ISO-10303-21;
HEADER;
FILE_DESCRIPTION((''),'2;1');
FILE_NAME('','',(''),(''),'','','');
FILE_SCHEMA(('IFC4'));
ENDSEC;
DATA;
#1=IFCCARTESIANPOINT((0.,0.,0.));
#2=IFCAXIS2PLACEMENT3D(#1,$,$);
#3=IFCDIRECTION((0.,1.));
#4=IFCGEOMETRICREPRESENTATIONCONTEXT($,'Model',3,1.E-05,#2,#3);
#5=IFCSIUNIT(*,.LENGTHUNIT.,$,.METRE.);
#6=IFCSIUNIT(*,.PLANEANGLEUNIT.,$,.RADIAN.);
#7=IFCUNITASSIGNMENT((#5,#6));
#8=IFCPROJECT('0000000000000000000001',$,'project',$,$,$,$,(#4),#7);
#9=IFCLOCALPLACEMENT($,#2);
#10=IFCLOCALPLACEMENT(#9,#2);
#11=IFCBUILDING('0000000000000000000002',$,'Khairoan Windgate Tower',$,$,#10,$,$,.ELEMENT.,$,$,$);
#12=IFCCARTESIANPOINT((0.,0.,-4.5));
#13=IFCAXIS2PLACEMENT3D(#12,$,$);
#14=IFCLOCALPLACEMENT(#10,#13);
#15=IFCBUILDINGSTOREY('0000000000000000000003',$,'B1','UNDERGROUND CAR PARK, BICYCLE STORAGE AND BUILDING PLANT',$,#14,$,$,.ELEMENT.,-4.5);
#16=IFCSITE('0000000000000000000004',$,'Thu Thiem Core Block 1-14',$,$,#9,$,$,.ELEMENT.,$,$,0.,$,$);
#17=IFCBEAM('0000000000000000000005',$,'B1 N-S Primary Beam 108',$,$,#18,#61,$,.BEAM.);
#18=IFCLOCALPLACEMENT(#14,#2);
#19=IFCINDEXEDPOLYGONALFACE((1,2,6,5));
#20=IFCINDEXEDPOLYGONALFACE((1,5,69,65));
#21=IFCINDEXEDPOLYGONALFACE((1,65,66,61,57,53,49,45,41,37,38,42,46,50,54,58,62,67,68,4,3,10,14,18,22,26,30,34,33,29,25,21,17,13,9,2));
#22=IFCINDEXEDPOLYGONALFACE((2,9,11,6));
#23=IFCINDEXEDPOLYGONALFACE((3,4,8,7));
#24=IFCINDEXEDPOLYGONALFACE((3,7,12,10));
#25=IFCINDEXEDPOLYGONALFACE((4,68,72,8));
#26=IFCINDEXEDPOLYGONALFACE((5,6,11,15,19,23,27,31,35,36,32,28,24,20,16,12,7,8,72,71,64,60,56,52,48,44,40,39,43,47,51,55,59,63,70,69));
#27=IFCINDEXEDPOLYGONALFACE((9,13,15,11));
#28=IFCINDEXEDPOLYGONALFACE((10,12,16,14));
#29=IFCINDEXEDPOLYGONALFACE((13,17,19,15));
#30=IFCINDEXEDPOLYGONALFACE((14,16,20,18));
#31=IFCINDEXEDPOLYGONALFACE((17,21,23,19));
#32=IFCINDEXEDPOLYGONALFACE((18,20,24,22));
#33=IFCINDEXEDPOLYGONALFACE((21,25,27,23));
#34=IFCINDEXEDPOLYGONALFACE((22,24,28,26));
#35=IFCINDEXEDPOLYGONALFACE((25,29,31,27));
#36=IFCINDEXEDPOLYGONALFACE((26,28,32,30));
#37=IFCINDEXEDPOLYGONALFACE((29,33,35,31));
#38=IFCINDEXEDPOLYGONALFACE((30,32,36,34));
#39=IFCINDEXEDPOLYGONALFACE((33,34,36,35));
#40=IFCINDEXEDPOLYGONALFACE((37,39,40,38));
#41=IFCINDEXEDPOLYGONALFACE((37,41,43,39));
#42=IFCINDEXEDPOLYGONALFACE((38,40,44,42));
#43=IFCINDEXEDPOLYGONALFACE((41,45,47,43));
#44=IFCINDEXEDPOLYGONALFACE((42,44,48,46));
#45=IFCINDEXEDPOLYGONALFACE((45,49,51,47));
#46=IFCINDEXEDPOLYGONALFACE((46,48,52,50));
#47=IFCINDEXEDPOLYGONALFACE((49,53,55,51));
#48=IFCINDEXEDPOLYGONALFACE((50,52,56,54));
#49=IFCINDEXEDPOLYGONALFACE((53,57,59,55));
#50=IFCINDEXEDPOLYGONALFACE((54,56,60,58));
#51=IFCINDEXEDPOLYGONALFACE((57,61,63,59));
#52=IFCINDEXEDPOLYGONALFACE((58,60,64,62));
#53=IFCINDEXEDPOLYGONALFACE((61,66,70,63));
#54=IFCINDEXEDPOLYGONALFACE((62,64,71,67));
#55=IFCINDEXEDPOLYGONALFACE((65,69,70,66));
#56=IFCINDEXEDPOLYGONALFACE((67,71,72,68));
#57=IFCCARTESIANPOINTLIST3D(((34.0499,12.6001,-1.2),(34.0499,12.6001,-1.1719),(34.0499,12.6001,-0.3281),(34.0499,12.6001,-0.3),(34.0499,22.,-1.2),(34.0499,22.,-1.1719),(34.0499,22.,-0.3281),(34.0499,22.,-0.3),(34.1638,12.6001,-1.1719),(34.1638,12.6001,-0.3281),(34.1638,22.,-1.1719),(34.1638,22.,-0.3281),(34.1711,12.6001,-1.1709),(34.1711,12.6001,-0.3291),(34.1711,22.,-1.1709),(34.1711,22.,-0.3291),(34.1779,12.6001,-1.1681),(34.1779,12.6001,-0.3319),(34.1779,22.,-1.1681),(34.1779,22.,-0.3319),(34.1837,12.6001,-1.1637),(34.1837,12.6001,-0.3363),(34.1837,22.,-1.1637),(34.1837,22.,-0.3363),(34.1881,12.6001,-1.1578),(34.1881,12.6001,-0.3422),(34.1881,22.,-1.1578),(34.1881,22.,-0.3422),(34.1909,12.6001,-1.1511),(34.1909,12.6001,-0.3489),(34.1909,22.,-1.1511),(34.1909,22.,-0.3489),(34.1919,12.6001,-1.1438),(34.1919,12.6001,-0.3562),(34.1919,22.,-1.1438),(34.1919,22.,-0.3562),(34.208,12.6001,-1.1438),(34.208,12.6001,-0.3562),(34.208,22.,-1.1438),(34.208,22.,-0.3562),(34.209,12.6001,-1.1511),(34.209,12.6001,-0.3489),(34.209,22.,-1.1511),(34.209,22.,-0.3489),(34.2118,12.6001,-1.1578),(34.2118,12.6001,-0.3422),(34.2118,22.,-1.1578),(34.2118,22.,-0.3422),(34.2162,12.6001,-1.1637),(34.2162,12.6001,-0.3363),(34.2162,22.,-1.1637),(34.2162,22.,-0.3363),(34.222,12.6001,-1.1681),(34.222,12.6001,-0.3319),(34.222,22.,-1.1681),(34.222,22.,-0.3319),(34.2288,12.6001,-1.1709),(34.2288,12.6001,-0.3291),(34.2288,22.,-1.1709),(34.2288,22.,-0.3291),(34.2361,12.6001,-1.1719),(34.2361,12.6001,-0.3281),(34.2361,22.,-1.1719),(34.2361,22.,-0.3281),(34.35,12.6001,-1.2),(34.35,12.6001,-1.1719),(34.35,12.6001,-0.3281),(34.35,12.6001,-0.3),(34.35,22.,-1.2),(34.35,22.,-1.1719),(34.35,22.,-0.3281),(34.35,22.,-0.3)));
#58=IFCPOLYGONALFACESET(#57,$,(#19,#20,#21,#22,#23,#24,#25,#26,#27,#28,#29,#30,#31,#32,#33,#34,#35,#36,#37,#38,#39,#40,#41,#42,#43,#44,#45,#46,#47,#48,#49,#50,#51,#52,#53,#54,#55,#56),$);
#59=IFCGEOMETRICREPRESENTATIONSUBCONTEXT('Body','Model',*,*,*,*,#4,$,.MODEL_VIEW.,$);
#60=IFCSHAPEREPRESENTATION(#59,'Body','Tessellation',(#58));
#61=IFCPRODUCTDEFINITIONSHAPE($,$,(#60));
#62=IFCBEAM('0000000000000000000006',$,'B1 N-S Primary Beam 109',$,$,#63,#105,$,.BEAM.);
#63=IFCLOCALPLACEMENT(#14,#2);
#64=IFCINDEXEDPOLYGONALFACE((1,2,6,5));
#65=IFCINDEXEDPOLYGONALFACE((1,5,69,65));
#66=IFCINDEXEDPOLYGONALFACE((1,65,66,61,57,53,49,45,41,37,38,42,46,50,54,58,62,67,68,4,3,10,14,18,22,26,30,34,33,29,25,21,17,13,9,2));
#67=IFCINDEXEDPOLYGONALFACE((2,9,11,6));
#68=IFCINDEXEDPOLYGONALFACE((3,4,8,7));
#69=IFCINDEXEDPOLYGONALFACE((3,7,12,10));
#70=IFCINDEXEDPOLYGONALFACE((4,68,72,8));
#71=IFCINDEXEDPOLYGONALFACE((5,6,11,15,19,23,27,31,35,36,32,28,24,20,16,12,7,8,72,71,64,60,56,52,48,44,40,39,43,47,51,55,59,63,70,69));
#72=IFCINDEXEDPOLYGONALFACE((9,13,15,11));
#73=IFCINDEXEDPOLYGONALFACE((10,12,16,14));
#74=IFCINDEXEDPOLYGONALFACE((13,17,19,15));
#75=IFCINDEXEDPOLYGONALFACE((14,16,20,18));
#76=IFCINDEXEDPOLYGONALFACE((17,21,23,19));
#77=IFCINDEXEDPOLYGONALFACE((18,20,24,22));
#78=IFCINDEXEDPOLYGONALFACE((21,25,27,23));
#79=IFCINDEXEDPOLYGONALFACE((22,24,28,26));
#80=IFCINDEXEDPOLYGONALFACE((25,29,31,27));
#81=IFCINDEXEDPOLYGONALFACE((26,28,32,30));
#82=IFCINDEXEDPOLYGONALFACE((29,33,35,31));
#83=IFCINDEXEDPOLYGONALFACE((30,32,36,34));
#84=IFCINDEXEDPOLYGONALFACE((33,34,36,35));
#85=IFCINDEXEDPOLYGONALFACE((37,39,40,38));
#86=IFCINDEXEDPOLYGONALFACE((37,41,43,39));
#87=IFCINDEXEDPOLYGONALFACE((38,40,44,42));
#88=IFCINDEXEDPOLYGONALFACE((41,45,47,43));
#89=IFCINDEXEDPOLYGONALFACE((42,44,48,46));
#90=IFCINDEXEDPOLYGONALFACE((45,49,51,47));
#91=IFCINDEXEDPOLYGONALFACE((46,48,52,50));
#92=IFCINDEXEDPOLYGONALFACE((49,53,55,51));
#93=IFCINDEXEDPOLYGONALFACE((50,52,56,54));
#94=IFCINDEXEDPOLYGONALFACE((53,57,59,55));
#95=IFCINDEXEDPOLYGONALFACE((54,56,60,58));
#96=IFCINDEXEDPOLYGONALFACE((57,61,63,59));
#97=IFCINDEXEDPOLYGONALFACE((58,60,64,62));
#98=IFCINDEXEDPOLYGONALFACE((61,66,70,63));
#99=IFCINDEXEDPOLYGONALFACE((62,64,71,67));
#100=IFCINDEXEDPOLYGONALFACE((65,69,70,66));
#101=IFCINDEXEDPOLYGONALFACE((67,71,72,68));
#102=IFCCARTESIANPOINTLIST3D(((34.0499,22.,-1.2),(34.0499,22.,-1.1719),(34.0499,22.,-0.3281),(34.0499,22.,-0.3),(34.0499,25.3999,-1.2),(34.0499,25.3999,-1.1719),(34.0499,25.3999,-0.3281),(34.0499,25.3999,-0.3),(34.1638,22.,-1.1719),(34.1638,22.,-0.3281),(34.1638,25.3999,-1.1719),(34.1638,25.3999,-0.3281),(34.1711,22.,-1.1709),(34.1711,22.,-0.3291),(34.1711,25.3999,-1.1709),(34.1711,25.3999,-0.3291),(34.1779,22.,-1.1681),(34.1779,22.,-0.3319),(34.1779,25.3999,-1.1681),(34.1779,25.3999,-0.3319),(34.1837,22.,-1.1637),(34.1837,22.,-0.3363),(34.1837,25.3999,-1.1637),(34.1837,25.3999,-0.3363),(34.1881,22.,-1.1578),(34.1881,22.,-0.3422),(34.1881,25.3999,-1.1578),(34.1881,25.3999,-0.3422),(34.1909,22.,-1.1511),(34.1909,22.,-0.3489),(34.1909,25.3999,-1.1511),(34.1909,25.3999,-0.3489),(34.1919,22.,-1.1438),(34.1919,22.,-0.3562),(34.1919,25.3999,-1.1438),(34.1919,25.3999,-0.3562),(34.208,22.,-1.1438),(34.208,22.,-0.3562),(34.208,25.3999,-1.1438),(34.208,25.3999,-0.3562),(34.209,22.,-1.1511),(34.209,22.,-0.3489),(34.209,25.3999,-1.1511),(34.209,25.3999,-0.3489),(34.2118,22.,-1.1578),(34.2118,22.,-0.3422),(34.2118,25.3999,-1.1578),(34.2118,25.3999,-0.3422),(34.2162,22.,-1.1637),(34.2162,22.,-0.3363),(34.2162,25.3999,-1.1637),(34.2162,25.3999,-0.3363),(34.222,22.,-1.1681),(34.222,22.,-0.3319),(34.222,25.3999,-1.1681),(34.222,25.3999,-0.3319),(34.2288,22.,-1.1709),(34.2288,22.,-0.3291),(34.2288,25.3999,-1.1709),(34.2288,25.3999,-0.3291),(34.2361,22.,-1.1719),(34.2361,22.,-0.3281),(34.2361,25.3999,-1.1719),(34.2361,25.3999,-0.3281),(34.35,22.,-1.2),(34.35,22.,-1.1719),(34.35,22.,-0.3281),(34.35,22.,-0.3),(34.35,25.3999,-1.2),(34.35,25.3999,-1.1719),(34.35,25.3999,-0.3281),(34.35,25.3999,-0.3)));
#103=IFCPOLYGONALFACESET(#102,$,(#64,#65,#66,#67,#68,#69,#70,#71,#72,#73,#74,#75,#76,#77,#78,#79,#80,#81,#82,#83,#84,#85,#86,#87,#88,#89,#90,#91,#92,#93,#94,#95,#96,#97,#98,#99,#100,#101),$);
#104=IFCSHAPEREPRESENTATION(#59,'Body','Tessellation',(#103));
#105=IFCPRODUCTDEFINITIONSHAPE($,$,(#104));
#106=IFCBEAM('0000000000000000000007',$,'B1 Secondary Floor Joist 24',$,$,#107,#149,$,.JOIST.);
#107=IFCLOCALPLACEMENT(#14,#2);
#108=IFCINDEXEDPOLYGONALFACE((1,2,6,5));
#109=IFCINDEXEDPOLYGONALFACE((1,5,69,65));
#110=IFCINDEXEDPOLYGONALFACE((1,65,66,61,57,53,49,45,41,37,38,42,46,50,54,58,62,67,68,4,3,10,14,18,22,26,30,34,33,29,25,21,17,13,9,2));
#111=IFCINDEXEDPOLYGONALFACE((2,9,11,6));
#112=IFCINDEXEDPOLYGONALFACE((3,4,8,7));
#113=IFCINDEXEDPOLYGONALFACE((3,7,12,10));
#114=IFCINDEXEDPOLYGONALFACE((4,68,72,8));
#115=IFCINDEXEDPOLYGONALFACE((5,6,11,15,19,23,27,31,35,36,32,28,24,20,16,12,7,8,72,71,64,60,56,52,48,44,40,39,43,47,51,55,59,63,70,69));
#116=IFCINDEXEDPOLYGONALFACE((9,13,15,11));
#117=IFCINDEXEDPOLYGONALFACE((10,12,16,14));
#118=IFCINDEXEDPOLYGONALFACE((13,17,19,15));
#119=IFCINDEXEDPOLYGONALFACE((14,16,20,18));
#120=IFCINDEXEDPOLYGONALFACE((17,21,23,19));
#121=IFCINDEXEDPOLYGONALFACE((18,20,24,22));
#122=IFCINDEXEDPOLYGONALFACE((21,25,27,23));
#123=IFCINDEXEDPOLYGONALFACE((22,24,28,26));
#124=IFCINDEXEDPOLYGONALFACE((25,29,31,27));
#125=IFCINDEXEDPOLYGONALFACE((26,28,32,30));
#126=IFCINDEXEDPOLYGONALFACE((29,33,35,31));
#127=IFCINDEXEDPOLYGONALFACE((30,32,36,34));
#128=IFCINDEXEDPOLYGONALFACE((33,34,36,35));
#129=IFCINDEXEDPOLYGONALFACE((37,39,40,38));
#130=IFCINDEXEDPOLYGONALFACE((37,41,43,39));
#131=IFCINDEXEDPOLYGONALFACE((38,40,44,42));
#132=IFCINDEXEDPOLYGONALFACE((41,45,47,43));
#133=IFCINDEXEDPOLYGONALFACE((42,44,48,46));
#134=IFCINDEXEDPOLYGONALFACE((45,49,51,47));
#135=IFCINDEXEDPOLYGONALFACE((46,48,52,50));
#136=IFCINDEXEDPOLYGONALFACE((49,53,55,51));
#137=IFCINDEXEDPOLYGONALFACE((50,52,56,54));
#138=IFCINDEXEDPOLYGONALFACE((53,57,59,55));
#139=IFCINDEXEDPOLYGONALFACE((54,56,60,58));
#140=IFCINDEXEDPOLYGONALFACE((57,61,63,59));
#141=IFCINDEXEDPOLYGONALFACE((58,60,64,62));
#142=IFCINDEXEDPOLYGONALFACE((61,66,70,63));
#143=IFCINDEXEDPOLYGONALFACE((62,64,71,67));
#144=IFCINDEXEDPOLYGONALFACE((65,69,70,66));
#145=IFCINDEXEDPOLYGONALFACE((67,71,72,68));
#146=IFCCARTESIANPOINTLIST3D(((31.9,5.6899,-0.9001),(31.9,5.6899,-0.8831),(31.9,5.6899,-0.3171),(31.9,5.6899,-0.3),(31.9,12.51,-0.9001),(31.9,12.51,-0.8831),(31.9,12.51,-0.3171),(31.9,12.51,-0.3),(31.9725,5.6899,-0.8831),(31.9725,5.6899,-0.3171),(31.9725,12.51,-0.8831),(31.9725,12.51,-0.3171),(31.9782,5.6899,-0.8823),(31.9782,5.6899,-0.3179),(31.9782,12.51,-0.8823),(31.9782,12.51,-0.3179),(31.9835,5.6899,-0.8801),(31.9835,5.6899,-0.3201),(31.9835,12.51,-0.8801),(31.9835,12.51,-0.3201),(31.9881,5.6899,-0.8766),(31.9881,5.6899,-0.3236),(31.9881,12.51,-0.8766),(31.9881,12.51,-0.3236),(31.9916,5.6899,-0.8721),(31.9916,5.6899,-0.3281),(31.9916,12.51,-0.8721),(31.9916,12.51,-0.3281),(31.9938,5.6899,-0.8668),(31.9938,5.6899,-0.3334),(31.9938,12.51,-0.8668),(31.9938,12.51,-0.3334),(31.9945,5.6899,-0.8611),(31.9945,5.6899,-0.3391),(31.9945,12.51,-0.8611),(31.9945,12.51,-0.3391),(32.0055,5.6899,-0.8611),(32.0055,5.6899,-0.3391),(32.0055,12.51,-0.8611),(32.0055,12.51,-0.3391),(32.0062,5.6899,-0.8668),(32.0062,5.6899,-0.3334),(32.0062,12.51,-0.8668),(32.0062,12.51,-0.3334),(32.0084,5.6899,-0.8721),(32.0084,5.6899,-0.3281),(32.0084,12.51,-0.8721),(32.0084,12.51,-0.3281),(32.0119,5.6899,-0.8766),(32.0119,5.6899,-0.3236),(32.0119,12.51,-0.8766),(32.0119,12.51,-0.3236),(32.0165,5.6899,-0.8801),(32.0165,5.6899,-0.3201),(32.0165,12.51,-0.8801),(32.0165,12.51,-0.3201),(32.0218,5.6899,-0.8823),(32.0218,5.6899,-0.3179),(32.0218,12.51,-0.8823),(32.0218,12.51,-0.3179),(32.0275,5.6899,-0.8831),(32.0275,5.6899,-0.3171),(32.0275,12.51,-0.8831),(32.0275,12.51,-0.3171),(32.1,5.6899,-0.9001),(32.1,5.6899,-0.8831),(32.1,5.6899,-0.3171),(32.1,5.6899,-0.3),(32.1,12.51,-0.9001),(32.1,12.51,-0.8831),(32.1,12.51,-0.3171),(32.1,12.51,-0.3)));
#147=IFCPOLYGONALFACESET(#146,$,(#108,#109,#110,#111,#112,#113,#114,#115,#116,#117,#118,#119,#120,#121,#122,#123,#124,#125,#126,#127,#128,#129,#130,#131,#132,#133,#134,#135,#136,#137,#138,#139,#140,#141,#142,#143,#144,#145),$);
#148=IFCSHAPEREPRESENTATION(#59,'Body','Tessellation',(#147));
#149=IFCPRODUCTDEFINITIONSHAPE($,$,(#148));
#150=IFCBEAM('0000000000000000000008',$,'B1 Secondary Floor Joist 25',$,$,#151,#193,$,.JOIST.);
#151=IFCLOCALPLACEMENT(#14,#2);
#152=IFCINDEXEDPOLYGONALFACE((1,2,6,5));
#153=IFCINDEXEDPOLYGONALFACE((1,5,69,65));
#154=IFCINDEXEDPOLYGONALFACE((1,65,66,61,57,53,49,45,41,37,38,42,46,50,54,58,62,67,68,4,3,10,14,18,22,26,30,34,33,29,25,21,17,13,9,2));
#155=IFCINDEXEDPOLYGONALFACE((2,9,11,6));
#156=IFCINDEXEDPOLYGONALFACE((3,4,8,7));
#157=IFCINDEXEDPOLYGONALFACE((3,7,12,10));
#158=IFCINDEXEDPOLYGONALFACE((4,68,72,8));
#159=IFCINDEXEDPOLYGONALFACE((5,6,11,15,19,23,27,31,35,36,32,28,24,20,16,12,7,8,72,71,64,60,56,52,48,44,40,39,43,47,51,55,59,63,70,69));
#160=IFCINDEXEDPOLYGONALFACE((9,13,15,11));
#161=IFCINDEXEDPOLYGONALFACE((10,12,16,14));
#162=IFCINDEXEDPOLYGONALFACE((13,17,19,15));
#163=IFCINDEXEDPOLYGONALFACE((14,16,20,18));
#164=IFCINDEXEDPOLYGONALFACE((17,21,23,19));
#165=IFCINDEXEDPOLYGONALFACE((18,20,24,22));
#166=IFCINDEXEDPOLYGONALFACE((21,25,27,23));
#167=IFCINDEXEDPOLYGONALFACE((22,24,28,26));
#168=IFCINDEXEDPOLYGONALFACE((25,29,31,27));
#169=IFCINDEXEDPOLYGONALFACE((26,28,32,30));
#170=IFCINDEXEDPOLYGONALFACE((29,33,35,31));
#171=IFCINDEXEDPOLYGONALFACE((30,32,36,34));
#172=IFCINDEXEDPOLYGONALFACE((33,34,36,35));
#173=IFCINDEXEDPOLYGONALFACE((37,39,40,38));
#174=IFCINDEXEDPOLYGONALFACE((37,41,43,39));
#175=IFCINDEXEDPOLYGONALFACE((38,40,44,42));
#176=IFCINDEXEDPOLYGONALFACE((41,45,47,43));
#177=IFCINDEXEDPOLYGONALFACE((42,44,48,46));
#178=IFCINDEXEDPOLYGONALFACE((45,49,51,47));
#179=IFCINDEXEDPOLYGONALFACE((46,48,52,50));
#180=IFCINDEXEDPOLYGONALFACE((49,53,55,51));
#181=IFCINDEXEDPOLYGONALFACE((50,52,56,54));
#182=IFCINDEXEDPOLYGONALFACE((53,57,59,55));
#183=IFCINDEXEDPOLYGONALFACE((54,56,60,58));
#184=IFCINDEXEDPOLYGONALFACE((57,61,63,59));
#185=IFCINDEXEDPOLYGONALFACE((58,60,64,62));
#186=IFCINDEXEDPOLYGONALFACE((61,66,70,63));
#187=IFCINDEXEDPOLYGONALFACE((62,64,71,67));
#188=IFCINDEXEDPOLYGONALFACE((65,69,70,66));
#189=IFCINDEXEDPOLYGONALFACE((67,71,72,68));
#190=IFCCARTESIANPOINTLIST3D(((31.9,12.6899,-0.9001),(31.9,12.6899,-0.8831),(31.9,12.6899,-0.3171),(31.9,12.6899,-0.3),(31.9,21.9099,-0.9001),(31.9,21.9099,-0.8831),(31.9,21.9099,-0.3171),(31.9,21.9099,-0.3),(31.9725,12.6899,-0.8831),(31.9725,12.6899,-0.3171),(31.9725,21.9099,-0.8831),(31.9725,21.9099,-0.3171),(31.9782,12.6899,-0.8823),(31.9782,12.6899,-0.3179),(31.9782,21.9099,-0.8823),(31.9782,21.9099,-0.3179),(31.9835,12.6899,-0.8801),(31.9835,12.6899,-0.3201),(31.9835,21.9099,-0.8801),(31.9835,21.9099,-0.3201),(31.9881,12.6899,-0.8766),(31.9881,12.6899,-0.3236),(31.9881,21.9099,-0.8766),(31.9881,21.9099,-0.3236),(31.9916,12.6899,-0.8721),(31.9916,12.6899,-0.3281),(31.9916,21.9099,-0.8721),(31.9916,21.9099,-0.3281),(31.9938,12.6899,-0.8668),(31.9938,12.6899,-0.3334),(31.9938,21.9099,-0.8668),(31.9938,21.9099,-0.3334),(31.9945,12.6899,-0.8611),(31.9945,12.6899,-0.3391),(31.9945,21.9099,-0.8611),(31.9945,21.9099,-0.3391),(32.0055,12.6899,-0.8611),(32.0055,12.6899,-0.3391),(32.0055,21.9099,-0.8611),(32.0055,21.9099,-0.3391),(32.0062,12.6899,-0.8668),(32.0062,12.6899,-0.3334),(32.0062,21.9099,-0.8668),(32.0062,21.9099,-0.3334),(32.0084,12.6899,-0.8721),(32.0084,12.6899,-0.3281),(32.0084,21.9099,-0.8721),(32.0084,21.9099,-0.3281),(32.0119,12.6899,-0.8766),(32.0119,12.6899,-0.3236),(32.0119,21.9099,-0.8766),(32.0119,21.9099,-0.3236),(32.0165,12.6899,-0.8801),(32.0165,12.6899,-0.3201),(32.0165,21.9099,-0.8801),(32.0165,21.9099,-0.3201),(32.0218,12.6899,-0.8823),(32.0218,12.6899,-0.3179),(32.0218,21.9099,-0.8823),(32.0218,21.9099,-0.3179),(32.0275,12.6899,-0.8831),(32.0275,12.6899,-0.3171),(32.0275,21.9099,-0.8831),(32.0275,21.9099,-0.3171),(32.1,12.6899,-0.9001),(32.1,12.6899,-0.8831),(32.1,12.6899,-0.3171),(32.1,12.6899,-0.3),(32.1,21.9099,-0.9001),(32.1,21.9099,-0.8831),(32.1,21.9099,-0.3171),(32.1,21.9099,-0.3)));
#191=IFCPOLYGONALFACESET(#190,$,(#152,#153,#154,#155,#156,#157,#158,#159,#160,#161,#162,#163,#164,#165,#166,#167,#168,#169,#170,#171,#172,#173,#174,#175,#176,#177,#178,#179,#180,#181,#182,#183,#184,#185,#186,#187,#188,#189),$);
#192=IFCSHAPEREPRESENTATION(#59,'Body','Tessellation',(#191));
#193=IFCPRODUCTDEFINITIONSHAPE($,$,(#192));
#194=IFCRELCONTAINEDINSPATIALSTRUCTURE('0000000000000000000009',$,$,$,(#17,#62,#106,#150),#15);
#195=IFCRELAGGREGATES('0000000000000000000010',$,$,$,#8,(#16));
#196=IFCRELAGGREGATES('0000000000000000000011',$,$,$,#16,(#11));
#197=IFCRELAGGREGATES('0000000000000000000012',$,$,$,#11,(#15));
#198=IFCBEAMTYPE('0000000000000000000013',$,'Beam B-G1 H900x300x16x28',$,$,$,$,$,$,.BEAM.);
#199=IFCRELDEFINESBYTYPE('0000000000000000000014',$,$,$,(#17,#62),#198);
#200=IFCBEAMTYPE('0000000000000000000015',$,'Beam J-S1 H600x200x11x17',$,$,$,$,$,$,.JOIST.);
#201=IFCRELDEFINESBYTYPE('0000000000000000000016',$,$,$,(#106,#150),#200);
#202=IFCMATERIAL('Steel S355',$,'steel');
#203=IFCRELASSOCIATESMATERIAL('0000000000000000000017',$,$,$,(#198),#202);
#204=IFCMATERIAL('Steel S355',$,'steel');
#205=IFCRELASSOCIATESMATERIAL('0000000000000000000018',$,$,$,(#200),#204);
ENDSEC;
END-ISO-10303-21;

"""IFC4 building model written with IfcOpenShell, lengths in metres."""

from ifc_helpers import new_model, si_unit, direction, frame, origin, origin_2d, place, context, subcontext, project, spatial, i_section, extrude, material, material_profile, profile_set, type_object, element, save


model = new_model("IFC4")

# Units and contexts
model_context = context("Model", 3, precision=1e-05, world=origin(), true_north=direction((0.0, 1.0)))
body_context = subcontext(model_context, "Body", "Model", "MODEL_VIEW")
ifc_project = project(units=[si_unit("LENGTHUNIT", "METRE"), si_unit("PLANEANGLEUNIT", "RADIAN")], contexts=[model_context])

# Site, building, storey
site_placement = place(None, origin())
site = spatial("IfcSite", under=ifc_project, at=site_placement, Name="Thu Thiem Core Block 1-14", CompositionType="ELEMENT", RefElevation=0.0)
building_placement = place(site_placement, origin())
building = spatial("IfcBuilding", under=site, at=building_placement, Name="Khairoan Windgate Tower", CompositionType="ELEMENT")
storey_placement = place(building_placement, frame((0.0, 0.0, -4.5)))
storey = spatial("IfcBuildingStorey", under=building, at=storey_placement, Name="B1", Description="UNDERGROUND CAR PARK, BICYCLE STORAGE AND BUILDING PLANT", CompositionType="ELEMENT", Elevation=-4.5)

# Beams
ifc_material_1 = material(Name="Steel S355", Category="steel")
ifc_material_profile_1 = material_profile(ifc_material_1, i_section(OverallWidth=0.3, OverallDepth=0.8999, WebThickness=0.0161, FlangeThickness=0.0281, FilletRadius=0.0281, at=origin_2d()))
ifc_profile_set_1 = profile_set([ifc_material_profile_1], Name="Steel S355")
beam_type_1 = type_object("IfcBeamType", Name="Beam B-G1 H900x300x16x28", PredefinedType="BEAM", material=ifc_profile_set_1)
beam_1_placement = place(storey_placement, frame((34.2, 12.6001, -0.75), z_axis=(0.0, 1.0, 0.0), x_axis=(-1.0, 0.0, 0.0)))
element("IfcBeam", 1, at=beam_1_placement, inside=storey, type_object=beam_type_1, Name="B1 N-S Primary Beam 108", PredefinedType="BEAM", context=body_context, shape_type="SweptSolid", body=[
    extrude(i_section(OverallWidth=0.3, OverallDepth=0.8999, WebThickness=0.0161, FlangeThickness=0.0281, FilletRadius=0.0281, at=origin_2d()), origin(), (0.0, 0.0, 1.0), 9.3999),
])
beam_2_placement = place(storey_placement, frame((34.2, 22.0, -0.75), z_axis=(0.0, 1.0, 0.0), x_axis=(-1.0, 0.0, 0.0)))
element("IfcBeam", 2, at=beam_2_placement, inside=storey, type_object=beam_type_1, Name="B1 N-S Primary Beam 109", PredefinedType="BEAM", context=body_context, shape_type="SweptSolid", body=[
    extrude(i_section(OverallWidth=0.3, OverallDepth=0.8999, WebThickness=0.0161, FlangeThickness=0.0281, FilletRadius=0.0281, at=origin_2d()), origin(), (0.0, 0.0, 1.0), 3.3999),
])
ifc_material_2 = material(Name="Steel S355", Category="steel")
ifc_material_profile_2 = material_profile(ifc_material_2, i_section(OverallWidth=0.2, OverallDepth=0.6001, WebThickness=0.011, FlangeThickness=0.0171, FilletRadius=0.022, at=origin_2d()))
ifc_profile_set_2 = profile_set([ifc_material_profile_2], Name="Steel S355")
beam_type_2 = type_object("IfcBeamType", Name="Beam J-S1 H600x200x11x17", PredefinedType="JOIST", material=ifc_profile_set_2)
beam_3_placement = place(storey_placement, frame((32.0, 5.6899, -0.6001), z_axis=(0.0, 1.0, 0.0), x_axis=(-1.0, 0.0, 0.0)))
element("IfcBeam", 3, at=beam_3_placement, inside=storey, type_object=beam_type_2, Name="B1 Secondary Floor Joist 24", PredefinedType="JOIST", context=body_context, shape_type="SweptSolid", body=[
    extrude(i_section(OverallWidth=0.2, OverallDepth=0.6001, WebThickness=0.011, FlangeThickness=0.0171, FilletRadius=0.022, at=origin_2d()), origin(), (0.0, 0.0, 1.0), 6.8201),
])
beam_4_placement = place(storey_placement, frame((32.0, 12.6899, -0.6001), z_axis=(0.0, 1.0, 0.0), x_axis=(-1.0, 0.0, 0.0)))
element("IfcBeam", 4, at=beam_4_placement, inside=storey, type_object=beam_type_2, Name="B1 Secondary Floor Joist 25", PredefinedType="JOIST", context=body_context, shape_type="SweptSolid", body=[
    extrude(i_section(OverallWidth=0.2, OverallDepth=0.6001, WebThickness=0.011, FlangeThickness=0.0171, FilletRadius=0.022, at=origin_2d()), origin(), (0.0, 0.0, 1.0), 9.22),
])

save(model, "model.ifc")
